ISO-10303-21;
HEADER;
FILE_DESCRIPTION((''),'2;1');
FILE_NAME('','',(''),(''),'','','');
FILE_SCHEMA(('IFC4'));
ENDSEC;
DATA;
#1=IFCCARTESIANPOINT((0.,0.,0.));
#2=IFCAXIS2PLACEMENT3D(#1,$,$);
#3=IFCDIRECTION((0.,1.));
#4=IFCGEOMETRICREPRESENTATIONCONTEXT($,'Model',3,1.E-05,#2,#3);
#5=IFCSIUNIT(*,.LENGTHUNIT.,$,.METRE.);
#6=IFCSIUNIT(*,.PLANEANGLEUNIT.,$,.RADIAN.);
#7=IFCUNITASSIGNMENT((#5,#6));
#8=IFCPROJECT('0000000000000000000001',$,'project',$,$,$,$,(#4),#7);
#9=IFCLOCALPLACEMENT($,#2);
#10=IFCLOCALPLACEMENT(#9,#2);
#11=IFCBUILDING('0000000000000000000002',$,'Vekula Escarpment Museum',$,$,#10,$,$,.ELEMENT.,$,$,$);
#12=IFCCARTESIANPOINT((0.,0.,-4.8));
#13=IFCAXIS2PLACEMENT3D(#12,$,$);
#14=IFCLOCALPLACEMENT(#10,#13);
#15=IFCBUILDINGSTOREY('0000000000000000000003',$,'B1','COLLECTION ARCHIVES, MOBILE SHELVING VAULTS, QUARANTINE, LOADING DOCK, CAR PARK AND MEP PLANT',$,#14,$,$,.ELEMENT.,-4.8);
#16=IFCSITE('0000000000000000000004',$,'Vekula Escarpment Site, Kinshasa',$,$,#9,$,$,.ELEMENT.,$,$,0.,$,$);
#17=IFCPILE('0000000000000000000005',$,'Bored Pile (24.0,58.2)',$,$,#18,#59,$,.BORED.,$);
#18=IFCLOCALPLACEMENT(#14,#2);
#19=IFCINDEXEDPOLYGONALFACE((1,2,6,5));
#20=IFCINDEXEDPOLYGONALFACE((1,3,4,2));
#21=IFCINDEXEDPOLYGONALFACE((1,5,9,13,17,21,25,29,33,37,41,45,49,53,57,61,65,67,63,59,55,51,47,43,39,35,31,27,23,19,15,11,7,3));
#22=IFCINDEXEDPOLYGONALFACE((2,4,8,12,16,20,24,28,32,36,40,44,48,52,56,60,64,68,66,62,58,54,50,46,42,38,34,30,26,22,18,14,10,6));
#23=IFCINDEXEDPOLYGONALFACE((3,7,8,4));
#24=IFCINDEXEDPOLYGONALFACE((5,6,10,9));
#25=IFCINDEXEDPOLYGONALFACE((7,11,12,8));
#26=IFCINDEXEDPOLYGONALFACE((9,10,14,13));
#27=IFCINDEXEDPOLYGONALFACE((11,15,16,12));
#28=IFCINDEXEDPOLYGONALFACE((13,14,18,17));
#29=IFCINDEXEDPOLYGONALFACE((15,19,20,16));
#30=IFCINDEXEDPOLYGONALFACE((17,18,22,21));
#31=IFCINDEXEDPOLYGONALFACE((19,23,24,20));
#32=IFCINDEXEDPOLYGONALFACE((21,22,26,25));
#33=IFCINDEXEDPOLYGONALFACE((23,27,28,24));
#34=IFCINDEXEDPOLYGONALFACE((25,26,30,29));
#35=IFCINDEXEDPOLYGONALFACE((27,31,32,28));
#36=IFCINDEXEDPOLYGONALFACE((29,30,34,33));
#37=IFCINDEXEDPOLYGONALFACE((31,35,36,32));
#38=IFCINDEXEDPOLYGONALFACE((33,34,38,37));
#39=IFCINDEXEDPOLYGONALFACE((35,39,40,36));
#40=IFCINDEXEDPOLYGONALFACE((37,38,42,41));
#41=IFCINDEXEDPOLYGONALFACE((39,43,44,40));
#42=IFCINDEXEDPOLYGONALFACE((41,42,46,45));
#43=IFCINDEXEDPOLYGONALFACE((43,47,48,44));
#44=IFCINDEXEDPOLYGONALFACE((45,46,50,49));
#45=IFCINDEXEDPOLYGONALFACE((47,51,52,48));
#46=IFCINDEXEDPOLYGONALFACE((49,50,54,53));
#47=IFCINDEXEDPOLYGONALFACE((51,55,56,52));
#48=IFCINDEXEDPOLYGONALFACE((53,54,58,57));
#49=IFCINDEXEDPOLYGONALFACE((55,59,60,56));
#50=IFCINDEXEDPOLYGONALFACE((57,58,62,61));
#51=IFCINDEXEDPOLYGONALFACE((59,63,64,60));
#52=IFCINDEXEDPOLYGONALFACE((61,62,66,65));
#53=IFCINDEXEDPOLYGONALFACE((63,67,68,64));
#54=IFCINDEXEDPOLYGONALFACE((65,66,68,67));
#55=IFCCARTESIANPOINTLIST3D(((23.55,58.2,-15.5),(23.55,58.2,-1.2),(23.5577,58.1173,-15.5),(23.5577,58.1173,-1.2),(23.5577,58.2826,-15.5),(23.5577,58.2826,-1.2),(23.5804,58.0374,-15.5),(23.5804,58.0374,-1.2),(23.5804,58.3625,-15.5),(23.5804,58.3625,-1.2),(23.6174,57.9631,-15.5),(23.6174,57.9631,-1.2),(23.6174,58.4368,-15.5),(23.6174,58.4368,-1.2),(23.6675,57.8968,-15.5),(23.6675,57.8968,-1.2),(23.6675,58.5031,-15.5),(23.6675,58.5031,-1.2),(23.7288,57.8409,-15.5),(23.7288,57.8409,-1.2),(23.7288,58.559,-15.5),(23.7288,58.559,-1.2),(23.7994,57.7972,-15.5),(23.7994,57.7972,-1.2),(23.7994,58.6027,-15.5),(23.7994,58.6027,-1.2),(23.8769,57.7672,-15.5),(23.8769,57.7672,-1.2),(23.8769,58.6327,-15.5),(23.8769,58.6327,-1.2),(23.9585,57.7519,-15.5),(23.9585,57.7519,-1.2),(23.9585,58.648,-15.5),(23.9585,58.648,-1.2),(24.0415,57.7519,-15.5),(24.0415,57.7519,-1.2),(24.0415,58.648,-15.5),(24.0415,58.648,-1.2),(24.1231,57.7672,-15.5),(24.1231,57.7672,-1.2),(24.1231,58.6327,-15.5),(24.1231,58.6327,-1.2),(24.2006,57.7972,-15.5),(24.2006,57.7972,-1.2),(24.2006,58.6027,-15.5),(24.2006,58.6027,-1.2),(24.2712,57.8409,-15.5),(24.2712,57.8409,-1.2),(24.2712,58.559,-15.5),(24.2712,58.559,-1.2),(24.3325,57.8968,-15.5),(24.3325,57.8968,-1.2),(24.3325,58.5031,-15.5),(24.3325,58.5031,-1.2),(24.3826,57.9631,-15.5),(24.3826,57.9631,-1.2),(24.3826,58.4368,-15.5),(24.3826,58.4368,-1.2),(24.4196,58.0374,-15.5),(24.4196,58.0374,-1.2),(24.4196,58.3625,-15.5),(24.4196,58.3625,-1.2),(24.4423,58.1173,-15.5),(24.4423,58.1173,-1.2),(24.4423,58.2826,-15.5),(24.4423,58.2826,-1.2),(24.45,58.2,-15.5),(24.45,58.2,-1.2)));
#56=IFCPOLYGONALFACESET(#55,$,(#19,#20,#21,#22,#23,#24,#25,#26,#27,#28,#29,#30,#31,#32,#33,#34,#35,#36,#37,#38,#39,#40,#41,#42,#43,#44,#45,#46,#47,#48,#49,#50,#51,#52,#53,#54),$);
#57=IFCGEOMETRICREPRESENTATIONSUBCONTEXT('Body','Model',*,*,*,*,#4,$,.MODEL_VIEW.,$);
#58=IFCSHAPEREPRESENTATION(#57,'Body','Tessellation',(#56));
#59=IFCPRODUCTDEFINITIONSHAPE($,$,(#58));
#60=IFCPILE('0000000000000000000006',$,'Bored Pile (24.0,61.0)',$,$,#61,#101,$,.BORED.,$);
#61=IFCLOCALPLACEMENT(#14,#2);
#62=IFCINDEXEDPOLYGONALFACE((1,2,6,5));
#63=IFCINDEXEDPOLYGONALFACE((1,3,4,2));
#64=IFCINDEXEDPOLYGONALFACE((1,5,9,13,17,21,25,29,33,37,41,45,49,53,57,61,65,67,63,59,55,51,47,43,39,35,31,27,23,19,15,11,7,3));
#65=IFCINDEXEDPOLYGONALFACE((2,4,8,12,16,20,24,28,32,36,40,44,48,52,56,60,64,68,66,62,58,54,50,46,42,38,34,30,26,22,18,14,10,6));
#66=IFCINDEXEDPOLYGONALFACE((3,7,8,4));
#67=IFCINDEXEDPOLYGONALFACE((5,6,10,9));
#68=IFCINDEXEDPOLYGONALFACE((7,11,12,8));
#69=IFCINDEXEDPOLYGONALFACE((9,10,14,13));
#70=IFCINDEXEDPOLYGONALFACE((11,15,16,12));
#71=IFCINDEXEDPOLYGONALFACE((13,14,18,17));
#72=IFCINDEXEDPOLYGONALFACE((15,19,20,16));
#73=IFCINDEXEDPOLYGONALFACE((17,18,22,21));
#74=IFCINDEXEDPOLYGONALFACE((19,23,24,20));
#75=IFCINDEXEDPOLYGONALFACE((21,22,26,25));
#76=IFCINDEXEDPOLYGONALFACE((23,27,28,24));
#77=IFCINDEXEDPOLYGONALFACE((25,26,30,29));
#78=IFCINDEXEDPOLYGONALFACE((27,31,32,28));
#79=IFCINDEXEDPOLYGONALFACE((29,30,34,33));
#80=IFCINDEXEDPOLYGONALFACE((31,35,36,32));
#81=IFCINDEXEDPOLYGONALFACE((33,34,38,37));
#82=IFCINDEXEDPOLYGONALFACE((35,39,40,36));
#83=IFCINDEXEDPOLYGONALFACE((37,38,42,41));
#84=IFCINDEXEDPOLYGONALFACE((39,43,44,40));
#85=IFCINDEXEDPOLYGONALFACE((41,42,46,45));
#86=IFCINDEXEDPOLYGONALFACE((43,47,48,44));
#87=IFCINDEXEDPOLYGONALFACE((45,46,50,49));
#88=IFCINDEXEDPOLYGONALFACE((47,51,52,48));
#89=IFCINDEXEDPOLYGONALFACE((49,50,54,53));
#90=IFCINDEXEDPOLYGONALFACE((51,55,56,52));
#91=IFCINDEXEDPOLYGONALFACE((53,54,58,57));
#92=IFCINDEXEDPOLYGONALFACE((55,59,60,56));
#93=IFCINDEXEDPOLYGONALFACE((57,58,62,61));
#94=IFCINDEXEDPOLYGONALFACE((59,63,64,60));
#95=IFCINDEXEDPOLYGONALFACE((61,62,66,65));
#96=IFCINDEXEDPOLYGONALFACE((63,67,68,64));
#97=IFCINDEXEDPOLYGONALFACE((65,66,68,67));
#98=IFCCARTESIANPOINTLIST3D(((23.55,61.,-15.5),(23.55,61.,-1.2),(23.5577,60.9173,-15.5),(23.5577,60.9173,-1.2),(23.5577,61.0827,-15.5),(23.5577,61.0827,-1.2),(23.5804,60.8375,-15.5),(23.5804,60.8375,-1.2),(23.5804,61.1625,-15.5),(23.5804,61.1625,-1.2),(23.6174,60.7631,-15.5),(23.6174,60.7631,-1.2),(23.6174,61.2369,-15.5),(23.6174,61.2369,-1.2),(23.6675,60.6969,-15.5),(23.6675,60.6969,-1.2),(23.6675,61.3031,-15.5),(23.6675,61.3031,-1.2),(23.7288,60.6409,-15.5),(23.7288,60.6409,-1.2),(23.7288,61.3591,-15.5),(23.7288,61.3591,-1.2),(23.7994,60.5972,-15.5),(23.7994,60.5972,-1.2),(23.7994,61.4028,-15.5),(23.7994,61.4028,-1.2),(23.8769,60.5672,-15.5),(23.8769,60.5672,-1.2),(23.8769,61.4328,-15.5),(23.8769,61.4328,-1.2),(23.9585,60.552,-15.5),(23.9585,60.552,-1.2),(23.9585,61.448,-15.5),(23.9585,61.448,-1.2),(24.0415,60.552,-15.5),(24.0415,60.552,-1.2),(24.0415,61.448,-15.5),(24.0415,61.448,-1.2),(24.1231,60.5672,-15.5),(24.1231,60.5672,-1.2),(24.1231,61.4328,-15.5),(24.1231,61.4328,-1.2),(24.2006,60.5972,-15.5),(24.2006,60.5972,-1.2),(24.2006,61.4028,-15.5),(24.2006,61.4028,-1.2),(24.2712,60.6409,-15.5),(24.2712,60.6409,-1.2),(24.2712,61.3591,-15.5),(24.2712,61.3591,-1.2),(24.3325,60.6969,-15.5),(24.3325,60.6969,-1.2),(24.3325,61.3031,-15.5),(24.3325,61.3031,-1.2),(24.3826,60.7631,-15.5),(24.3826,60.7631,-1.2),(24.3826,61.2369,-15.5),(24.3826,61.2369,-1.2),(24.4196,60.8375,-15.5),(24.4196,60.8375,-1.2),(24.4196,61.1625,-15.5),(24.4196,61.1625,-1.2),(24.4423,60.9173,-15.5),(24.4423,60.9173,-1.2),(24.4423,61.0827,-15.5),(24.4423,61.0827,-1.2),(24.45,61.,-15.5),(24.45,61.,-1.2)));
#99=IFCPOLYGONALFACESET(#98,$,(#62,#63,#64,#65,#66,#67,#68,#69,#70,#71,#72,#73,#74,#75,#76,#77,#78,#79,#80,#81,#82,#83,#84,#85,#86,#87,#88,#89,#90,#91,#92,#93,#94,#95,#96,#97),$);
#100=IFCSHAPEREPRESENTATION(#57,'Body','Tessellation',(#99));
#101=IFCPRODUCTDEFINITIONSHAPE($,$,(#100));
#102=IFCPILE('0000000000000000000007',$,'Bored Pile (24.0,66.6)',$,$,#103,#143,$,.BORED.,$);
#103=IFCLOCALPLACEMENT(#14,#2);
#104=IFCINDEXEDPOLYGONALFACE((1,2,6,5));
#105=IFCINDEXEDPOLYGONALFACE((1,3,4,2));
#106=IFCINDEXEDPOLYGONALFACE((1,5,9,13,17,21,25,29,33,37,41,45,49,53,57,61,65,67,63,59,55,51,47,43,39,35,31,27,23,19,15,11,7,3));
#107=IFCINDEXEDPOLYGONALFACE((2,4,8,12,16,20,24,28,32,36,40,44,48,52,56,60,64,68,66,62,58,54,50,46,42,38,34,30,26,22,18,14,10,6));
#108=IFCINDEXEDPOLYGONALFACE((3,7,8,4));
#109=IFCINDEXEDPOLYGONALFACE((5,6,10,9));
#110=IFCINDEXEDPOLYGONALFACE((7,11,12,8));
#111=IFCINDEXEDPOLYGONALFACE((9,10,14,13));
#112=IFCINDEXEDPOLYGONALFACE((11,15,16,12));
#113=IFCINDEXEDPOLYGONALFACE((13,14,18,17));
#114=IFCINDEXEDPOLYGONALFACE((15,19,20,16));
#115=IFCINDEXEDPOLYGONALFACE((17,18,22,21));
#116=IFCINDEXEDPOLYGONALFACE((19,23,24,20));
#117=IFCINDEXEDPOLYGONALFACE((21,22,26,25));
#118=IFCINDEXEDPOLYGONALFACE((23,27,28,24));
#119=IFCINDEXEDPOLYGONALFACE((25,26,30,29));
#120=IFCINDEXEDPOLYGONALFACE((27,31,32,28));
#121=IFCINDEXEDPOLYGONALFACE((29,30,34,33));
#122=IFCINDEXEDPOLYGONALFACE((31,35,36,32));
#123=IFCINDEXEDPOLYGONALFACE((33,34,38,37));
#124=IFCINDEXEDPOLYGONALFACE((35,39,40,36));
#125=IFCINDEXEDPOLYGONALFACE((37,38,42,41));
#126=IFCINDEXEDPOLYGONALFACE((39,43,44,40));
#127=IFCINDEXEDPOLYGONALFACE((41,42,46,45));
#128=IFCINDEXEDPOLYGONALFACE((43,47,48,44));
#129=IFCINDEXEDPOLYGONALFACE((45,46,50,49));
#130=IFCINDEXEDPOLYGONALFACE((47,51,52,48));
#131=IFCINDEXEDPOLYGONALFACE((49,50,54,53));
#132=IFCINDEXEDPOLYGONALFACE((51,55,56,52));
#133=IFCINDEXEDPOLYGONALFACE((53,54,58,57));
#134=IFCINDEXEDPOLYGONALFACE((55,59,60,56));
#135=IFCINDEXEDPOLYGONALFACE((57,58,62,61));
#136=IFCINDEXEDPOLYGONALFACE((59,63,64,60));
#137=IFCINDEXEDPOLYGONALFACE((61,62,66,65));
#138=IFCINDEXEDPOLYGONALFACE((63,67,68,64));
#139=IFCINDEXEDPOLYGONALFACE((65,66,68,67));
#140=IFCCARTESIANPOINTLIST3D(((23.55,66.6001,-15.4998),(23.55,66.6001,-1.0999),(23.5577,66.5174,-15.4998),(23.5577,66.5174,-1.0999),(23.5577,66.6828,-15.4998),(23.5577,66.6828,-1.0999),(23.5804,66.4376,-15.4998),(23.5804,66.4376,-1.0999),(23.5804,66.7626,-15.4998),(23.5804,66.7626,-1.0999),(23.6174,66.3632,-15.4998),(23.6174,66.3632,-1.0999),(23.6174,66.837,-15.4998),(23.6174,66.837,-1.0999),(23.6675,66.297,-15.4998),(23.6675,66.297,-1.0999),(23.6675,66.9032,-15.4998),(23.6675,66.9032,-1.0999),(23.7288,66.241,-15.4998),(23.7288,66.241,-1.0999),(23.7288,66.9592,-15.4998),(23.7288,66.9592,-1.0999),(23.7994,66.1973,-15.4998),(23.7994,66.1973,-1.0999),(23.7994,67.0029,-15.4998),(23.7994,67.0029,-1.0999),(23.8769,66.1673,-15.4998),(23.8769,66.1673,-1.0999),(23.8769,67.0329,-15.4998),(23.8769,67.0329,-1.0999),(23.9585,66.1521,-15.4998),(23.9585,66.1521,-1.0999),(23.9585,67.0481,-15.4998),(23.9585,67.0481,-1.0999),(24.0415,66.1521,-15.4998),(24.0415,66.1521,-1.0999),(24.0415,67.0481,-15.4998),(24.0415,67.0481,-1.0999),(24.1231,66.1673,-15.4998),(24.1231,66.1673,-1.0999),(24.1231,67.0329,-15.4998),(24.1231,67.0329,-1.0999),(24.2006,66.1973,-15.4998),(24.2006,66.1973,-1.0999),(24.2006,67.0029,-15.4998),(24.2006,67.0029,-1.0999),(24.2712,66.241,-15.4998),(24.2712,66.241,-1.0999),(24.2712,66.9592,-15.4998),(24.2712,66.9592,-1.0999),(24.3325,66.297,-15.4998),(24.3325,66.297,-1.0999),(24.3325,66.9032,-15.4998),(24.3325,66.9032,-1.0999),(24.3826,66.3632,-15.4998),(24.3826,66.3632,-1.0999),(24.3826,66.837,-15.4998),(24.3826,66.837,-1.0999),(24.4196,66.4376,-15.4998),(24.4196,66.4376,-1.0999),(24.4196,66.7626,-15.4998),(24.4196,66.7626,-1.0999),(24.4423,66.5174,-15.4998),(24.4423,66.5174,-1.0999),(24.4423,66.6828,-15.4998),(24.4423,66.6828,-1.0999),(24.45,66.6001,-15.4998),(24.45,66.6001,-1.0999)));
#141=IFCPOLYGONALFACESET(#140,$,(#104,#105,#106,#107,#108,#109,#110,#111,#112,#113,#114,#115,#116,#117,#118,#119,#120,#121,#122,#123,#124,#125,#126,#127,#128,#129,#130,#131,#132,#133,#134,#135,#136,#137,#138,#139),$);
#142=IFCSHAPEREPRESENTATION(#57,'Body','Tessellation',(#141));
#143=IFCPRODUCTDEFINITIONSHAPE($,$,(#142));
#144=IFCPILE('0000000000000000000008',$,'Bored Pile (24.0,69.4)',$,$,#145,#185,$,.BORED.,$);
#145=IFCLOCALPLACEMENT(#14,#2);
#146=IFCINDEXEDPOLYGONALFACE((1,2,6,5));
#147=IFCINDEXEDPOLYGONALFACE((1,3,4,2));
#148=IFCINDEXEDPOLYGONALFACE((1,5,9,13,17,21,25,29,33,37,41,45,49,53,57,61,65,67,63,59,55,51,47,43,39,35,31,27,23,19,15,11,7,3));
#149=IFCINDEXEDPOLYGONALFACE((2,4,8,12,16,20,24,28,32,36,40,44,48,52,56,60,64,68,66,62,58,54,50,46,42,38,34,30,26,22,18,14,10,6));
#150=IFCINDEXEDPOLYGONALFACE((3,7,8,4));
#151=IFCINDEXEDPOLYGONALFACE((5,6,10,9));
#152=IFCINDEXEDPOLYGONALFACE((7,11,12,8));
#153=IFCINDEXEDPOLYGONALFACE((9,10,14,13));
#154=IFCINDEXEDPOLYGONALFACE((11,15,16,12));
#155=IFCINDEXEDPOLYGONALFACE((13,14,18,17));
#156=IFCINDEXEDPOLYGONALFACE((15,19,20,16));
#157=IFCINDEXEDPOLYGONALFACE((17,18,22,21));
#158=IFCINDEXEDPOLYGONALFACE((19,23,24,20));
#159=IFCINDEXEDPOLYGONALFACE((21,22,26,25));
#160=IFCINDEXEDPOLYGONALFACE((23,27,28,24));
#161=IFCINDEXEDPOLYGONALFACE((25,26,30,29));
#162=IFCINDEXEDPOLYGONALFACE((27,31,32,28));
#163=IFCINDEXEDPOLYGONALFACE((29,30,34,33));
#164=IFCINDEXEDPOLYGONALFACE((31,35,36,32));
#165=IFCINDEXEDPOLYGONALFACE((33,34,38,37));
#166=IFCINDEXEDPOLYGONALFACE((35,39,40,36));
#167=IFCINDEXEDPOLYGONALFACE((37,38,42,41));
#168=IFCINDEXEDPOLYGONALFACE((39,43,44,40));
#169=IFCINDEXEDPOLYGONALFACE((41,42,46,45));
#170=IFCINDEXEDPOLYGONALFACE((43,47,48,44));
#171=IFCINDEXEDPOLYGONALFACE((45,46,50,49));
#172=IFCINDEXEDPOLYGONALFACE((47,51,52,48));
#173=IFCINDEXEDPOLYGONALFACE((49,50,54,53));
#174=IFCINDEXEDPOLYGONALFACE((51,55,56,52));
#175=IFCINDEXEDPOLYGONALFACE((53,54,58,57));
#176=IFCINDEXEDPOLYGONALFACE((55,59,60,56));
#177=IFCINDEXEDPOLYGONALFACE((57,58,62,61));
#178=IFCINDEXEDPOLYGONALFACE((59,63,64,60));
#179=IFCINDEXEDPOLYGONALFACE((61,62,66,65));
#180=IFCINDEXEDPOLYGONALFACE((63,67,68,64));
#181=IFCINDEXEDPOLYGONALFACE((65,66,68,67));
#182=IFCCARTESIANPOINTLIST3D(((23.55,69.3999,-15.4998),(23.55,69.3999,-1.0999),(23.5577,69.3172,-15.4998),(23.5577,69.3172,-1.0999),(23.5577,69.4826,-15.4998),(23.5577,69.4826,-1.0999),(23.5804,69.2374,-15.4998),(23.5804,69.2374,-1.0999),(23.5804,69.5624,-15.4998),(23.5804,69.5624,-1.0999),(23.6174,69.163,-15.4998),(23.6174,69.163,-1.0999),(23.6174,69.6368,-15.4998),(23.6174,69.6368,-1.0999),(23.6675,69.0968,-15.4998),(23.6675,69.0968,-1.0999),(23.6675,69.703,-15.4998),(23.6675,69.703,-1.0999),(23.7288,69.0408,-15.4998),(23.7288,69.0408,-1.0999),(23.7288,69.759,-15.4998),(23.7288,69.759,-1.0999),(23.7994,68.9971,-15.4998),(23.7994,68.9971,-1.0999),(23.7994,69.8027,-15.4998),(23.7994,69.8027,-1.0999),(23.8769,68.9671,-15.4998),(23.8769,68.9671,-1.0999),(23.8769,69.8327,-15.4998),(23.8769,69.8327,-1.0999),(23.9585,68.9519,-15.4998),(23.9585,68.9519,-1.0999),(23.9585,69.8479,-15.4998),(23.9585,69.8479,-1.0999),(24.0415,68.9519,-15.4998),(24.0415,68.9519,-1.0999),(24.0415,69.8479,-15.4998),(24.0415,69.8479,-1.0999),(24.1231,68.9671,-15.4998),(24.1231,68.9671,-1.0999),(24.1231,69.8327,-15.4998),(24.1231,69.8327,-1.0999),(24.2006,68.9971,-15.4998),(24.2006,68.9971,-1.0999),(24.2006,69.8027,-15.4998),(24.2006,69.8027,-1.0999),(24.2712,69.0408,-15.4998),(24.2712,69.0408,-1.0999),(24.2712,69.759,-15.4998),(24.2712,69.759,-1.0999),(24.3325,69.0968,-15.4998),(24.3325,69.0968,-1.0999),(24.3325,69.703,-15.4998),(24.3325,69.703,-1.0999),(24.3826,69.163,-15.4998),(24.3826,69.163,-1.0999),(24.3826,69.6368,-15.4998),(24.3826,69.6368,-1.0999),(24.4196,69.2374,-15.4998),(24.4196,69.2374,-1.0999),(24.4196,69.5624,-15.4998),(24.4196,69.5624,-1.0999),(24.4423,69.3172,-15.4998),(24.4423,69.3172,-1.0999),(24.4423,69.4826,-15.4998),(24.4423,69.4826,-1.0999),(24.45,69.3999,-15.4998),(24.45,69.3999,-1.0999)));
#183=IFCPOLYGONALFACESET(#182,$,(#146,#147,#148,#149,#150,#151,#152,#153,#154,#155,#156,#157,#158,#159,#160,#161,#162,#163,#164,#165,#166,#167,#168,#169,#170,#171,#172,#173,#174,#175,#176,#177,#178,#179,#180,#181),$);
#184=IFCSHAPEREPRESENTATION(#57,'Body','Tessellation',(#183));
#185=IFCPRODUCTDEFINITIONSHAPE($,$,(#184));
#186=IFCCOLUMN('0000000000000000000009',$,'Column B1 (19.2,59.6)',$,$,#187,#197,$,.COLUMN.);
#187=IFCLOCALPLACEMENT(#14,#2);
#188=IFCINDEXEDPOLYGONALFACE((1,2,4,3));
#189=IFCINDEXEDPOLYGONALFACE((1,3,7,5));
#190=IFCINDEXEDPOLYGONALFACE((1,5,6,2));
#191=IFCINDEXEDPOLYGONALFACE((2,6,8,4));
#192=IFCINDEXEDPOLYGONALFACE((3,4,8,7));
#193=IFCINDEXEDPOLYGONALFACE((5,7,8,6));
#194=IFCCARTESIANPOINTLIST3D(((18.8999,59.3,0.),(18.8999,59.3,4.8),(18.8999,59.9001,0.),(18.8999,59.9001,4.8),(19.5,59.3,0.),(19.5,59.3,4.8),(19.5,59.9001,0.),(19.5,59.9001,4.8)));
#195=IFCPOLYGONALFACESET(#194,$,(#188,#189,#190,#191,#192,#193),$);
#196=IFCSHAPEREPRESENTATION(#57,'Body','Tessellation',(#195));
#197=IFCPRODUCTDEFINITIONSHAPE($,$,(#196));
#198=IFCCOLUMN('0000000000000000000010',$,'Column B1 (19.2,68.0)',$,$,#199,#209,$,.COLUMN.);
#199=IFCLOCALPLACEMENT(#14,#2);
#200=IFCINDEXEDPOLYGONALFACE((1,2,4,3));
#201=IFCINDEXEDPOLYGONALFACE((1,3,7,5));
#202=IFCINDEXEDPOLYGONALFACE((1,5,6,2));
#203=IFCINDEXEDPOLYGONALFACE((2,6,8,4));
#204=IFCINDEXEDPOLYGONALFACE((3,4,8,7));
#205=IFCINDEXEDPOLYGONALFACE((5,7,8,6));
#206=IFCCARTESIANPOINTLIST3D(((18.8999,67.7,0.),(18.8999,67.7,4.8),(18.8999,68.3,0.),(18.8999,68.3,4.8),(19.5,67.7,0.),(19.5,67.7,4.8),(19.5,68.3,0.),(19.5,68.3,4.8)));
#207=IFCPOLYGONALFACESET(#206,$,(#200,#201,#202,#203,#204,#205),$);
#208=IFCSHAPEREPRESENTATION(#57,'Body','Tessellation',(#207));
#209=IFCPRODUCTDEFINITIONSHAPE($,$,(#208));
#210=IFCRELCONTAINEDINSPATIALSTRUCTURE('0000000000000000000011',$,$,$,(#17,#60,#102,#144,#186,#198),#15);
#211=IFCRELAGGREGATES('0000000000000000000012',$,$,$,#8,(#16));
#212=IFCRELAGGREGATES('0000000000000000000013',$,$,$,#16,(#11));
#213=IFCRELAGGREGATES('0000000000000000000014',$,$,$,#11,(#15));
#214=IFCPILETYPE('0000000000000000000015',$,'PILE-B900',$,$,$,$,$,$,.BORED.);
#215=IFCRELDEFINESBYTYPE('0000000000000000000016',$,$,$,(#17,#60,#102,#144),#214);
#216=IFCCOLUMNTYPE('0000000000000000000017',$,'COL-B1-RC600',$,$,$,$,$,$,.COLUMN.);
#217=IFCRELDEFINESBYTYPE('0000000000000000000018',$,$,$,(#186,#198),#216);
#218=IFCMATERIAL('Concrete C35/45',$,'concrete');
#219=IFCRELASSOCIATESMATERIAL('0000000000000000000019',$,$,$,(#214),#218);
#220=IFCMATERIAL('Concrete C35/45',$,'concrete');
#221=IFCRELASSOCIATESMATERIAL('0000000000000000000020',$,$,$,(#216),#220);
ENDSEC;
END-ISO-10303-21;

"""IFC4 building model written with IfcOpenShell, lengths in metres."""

from ifc_helpers import new_model, si_unit, direction, frame, origin, origin_2d, place, context, subcontext, project, spatial, rectangle, circle, extrude, material, material_profile, profile_set, type_object, element, save


model = new_model("IFC4")

# Units and contexts
model_context = context("Model", 3, precision=1e-05, world=origin(), true_north=direction((0.0, 1.0)))
body_context = subcontext(model_context, "Body", "Model", "MODEL_VIEW")
ifc_project = project(units=[si_unit("LENGTHUNIT", "METRE"), si_unit("PLANEANGLEUNIT", "RADIAN")], contexts=[model_context])

# Site, building, storey
site_placement = place(None, origin())
site = spatial("IfcSite", under=ifc_project, at=site_placement, Name="Vekula Escarpment Site, Kinshasa", CompositionType="ELEMENT", RefElevation=0.0)
building_placement = place(site_placement, origin())
building = spatial("IfcBuilding", under=site, at=building_placement, Name="Vekula Escarpment Museum", CompositionType="ELEMENT")
storey_placement = place(building_placement, frame((0.0, 0.0, -4.8)))
storey = spatial("IfcBuildingStorey", under=building, at=storey_placement, Name="B1", Description="COLLECTION ARCHIVES, MOBILE SHELVING VAULTS, QUARANTINE, LOADING DOCK, CAR PARK AND MEP PLANT", CompositionType="ELEMENT", Elevation=-4.8)

# Piles
ifc_material_1 = material(Name="Concrete C35/45", Category="concrete")
ifc_material_profile_1 = material_profile(ifc_material_1, circle(Radius=0.45, at=origin_2d()), Name="BORED PILE 900")
ifc_profile_set_1 = profile_set([ifc_material_profile_1], Name="Concrete C35/45")
pile_type = type_object("IfcPileType", Name="PILE-B900", PredefinedType="BORED", material=ifc_profile_set_1)
for number, where, z_axis, x_axis, name in (
    (1, (24.0, 58.2, -1.2), (0.0, 0.0, -1.0), (1.0, 0.0, 0.0), "Bored Pile (24.0,58.2)"),
    (2, (24.0, 61.0, -1.2), (0.0, 0.0, -1.0), (1.0, 0.0, 0.0), "Bored Pile (24.0,61.0)"),
):
    element("IfcPile", number, at=place(storey_placement, frame(where, z_axis=z_axis, x_axis=x_axis)), inside=storey, type_object=pile_type, Name=name, PredefinedType="BORED", context=body_context, shape_type="SweptSolid", body=[
        extrude(circle(Radius=0.45, at=origin_2d()), origin(), (0.0, 0.0, 1.0), 14.3),
    ])
for number, where, z_axis, x_axis, name in (
    (3, (24.0, 66.6001, -1.0999), (0.0, 0.0, -1.0), (1.0, 0.0, 0.0), "Bored Pile (24.0,66.6)"),
    (4, (24.0, 69.3999, -1.0999), (0.0, 0.0, -1.0), (1.0, 0.0, 0.0), "Bored Pile (24.0,69.4)"),
):
    element("IfcPile", number, at=place(storey_placement, frame(where, z_axis=z_axis, x_axis=x_axis)), inside=storey, type_object=pile_type, Name=name, PredefinedType="BORED", context=body_context, shape_type="SweptSolid", body=[
        extrude(circle(Radius=0.45, at=origin_2d()), origin(), (0.0, 0.0, 1.0), 14.3999),
    ])

# Columns
ifc_material_2 = material(Name="Concrete C35/45", Category="concrete")
ifc_material_profile_2 = material_profile(ifc_material_2, rectangle(XDim=0.6001, YDim=0.6001, at=origin_2d()), Name="RC 600x600")
ifc_profile_set_2 = profile_set([ifc_material_profile_2], Name="Concrete C35/45")
column_type_1 = type_object("IfcColumnType", Name="COL-B1-RC600", PredefinedType="COLUMN", material=ifc_profile_set_2)
for number, where, z_axis, x_axis, name in (
    (5, (19.2, 59.6001, 0.0), (0.0, 0.0, 1.0), (1.0, 0.0, 0.0), "Column B1 (19.2,59.6)"),
    (6, (19.2, 68.0, 0.0), (0.0, 0.0, 1.0), (1.0, 0.0, 0.0), "Column B1 (19.2,68.0)"),
):
    element("IfcColumn", number, at=place(storey_placement, frame(where, z_axis=z_axis, x_axis=x_axis)), inside=storey, type_object=column_type_1, Name=name, PredefinedType="COLUMN", context=body_context, shape_type="SweptSolid", body=[
        extrude(rectangle(XDim=0.6001, YDim=0.6001, at=origin_2d()), origin(), (0.0, 0.0, 1.0), 4.8),
    ])

save(model, "model.ifc")
